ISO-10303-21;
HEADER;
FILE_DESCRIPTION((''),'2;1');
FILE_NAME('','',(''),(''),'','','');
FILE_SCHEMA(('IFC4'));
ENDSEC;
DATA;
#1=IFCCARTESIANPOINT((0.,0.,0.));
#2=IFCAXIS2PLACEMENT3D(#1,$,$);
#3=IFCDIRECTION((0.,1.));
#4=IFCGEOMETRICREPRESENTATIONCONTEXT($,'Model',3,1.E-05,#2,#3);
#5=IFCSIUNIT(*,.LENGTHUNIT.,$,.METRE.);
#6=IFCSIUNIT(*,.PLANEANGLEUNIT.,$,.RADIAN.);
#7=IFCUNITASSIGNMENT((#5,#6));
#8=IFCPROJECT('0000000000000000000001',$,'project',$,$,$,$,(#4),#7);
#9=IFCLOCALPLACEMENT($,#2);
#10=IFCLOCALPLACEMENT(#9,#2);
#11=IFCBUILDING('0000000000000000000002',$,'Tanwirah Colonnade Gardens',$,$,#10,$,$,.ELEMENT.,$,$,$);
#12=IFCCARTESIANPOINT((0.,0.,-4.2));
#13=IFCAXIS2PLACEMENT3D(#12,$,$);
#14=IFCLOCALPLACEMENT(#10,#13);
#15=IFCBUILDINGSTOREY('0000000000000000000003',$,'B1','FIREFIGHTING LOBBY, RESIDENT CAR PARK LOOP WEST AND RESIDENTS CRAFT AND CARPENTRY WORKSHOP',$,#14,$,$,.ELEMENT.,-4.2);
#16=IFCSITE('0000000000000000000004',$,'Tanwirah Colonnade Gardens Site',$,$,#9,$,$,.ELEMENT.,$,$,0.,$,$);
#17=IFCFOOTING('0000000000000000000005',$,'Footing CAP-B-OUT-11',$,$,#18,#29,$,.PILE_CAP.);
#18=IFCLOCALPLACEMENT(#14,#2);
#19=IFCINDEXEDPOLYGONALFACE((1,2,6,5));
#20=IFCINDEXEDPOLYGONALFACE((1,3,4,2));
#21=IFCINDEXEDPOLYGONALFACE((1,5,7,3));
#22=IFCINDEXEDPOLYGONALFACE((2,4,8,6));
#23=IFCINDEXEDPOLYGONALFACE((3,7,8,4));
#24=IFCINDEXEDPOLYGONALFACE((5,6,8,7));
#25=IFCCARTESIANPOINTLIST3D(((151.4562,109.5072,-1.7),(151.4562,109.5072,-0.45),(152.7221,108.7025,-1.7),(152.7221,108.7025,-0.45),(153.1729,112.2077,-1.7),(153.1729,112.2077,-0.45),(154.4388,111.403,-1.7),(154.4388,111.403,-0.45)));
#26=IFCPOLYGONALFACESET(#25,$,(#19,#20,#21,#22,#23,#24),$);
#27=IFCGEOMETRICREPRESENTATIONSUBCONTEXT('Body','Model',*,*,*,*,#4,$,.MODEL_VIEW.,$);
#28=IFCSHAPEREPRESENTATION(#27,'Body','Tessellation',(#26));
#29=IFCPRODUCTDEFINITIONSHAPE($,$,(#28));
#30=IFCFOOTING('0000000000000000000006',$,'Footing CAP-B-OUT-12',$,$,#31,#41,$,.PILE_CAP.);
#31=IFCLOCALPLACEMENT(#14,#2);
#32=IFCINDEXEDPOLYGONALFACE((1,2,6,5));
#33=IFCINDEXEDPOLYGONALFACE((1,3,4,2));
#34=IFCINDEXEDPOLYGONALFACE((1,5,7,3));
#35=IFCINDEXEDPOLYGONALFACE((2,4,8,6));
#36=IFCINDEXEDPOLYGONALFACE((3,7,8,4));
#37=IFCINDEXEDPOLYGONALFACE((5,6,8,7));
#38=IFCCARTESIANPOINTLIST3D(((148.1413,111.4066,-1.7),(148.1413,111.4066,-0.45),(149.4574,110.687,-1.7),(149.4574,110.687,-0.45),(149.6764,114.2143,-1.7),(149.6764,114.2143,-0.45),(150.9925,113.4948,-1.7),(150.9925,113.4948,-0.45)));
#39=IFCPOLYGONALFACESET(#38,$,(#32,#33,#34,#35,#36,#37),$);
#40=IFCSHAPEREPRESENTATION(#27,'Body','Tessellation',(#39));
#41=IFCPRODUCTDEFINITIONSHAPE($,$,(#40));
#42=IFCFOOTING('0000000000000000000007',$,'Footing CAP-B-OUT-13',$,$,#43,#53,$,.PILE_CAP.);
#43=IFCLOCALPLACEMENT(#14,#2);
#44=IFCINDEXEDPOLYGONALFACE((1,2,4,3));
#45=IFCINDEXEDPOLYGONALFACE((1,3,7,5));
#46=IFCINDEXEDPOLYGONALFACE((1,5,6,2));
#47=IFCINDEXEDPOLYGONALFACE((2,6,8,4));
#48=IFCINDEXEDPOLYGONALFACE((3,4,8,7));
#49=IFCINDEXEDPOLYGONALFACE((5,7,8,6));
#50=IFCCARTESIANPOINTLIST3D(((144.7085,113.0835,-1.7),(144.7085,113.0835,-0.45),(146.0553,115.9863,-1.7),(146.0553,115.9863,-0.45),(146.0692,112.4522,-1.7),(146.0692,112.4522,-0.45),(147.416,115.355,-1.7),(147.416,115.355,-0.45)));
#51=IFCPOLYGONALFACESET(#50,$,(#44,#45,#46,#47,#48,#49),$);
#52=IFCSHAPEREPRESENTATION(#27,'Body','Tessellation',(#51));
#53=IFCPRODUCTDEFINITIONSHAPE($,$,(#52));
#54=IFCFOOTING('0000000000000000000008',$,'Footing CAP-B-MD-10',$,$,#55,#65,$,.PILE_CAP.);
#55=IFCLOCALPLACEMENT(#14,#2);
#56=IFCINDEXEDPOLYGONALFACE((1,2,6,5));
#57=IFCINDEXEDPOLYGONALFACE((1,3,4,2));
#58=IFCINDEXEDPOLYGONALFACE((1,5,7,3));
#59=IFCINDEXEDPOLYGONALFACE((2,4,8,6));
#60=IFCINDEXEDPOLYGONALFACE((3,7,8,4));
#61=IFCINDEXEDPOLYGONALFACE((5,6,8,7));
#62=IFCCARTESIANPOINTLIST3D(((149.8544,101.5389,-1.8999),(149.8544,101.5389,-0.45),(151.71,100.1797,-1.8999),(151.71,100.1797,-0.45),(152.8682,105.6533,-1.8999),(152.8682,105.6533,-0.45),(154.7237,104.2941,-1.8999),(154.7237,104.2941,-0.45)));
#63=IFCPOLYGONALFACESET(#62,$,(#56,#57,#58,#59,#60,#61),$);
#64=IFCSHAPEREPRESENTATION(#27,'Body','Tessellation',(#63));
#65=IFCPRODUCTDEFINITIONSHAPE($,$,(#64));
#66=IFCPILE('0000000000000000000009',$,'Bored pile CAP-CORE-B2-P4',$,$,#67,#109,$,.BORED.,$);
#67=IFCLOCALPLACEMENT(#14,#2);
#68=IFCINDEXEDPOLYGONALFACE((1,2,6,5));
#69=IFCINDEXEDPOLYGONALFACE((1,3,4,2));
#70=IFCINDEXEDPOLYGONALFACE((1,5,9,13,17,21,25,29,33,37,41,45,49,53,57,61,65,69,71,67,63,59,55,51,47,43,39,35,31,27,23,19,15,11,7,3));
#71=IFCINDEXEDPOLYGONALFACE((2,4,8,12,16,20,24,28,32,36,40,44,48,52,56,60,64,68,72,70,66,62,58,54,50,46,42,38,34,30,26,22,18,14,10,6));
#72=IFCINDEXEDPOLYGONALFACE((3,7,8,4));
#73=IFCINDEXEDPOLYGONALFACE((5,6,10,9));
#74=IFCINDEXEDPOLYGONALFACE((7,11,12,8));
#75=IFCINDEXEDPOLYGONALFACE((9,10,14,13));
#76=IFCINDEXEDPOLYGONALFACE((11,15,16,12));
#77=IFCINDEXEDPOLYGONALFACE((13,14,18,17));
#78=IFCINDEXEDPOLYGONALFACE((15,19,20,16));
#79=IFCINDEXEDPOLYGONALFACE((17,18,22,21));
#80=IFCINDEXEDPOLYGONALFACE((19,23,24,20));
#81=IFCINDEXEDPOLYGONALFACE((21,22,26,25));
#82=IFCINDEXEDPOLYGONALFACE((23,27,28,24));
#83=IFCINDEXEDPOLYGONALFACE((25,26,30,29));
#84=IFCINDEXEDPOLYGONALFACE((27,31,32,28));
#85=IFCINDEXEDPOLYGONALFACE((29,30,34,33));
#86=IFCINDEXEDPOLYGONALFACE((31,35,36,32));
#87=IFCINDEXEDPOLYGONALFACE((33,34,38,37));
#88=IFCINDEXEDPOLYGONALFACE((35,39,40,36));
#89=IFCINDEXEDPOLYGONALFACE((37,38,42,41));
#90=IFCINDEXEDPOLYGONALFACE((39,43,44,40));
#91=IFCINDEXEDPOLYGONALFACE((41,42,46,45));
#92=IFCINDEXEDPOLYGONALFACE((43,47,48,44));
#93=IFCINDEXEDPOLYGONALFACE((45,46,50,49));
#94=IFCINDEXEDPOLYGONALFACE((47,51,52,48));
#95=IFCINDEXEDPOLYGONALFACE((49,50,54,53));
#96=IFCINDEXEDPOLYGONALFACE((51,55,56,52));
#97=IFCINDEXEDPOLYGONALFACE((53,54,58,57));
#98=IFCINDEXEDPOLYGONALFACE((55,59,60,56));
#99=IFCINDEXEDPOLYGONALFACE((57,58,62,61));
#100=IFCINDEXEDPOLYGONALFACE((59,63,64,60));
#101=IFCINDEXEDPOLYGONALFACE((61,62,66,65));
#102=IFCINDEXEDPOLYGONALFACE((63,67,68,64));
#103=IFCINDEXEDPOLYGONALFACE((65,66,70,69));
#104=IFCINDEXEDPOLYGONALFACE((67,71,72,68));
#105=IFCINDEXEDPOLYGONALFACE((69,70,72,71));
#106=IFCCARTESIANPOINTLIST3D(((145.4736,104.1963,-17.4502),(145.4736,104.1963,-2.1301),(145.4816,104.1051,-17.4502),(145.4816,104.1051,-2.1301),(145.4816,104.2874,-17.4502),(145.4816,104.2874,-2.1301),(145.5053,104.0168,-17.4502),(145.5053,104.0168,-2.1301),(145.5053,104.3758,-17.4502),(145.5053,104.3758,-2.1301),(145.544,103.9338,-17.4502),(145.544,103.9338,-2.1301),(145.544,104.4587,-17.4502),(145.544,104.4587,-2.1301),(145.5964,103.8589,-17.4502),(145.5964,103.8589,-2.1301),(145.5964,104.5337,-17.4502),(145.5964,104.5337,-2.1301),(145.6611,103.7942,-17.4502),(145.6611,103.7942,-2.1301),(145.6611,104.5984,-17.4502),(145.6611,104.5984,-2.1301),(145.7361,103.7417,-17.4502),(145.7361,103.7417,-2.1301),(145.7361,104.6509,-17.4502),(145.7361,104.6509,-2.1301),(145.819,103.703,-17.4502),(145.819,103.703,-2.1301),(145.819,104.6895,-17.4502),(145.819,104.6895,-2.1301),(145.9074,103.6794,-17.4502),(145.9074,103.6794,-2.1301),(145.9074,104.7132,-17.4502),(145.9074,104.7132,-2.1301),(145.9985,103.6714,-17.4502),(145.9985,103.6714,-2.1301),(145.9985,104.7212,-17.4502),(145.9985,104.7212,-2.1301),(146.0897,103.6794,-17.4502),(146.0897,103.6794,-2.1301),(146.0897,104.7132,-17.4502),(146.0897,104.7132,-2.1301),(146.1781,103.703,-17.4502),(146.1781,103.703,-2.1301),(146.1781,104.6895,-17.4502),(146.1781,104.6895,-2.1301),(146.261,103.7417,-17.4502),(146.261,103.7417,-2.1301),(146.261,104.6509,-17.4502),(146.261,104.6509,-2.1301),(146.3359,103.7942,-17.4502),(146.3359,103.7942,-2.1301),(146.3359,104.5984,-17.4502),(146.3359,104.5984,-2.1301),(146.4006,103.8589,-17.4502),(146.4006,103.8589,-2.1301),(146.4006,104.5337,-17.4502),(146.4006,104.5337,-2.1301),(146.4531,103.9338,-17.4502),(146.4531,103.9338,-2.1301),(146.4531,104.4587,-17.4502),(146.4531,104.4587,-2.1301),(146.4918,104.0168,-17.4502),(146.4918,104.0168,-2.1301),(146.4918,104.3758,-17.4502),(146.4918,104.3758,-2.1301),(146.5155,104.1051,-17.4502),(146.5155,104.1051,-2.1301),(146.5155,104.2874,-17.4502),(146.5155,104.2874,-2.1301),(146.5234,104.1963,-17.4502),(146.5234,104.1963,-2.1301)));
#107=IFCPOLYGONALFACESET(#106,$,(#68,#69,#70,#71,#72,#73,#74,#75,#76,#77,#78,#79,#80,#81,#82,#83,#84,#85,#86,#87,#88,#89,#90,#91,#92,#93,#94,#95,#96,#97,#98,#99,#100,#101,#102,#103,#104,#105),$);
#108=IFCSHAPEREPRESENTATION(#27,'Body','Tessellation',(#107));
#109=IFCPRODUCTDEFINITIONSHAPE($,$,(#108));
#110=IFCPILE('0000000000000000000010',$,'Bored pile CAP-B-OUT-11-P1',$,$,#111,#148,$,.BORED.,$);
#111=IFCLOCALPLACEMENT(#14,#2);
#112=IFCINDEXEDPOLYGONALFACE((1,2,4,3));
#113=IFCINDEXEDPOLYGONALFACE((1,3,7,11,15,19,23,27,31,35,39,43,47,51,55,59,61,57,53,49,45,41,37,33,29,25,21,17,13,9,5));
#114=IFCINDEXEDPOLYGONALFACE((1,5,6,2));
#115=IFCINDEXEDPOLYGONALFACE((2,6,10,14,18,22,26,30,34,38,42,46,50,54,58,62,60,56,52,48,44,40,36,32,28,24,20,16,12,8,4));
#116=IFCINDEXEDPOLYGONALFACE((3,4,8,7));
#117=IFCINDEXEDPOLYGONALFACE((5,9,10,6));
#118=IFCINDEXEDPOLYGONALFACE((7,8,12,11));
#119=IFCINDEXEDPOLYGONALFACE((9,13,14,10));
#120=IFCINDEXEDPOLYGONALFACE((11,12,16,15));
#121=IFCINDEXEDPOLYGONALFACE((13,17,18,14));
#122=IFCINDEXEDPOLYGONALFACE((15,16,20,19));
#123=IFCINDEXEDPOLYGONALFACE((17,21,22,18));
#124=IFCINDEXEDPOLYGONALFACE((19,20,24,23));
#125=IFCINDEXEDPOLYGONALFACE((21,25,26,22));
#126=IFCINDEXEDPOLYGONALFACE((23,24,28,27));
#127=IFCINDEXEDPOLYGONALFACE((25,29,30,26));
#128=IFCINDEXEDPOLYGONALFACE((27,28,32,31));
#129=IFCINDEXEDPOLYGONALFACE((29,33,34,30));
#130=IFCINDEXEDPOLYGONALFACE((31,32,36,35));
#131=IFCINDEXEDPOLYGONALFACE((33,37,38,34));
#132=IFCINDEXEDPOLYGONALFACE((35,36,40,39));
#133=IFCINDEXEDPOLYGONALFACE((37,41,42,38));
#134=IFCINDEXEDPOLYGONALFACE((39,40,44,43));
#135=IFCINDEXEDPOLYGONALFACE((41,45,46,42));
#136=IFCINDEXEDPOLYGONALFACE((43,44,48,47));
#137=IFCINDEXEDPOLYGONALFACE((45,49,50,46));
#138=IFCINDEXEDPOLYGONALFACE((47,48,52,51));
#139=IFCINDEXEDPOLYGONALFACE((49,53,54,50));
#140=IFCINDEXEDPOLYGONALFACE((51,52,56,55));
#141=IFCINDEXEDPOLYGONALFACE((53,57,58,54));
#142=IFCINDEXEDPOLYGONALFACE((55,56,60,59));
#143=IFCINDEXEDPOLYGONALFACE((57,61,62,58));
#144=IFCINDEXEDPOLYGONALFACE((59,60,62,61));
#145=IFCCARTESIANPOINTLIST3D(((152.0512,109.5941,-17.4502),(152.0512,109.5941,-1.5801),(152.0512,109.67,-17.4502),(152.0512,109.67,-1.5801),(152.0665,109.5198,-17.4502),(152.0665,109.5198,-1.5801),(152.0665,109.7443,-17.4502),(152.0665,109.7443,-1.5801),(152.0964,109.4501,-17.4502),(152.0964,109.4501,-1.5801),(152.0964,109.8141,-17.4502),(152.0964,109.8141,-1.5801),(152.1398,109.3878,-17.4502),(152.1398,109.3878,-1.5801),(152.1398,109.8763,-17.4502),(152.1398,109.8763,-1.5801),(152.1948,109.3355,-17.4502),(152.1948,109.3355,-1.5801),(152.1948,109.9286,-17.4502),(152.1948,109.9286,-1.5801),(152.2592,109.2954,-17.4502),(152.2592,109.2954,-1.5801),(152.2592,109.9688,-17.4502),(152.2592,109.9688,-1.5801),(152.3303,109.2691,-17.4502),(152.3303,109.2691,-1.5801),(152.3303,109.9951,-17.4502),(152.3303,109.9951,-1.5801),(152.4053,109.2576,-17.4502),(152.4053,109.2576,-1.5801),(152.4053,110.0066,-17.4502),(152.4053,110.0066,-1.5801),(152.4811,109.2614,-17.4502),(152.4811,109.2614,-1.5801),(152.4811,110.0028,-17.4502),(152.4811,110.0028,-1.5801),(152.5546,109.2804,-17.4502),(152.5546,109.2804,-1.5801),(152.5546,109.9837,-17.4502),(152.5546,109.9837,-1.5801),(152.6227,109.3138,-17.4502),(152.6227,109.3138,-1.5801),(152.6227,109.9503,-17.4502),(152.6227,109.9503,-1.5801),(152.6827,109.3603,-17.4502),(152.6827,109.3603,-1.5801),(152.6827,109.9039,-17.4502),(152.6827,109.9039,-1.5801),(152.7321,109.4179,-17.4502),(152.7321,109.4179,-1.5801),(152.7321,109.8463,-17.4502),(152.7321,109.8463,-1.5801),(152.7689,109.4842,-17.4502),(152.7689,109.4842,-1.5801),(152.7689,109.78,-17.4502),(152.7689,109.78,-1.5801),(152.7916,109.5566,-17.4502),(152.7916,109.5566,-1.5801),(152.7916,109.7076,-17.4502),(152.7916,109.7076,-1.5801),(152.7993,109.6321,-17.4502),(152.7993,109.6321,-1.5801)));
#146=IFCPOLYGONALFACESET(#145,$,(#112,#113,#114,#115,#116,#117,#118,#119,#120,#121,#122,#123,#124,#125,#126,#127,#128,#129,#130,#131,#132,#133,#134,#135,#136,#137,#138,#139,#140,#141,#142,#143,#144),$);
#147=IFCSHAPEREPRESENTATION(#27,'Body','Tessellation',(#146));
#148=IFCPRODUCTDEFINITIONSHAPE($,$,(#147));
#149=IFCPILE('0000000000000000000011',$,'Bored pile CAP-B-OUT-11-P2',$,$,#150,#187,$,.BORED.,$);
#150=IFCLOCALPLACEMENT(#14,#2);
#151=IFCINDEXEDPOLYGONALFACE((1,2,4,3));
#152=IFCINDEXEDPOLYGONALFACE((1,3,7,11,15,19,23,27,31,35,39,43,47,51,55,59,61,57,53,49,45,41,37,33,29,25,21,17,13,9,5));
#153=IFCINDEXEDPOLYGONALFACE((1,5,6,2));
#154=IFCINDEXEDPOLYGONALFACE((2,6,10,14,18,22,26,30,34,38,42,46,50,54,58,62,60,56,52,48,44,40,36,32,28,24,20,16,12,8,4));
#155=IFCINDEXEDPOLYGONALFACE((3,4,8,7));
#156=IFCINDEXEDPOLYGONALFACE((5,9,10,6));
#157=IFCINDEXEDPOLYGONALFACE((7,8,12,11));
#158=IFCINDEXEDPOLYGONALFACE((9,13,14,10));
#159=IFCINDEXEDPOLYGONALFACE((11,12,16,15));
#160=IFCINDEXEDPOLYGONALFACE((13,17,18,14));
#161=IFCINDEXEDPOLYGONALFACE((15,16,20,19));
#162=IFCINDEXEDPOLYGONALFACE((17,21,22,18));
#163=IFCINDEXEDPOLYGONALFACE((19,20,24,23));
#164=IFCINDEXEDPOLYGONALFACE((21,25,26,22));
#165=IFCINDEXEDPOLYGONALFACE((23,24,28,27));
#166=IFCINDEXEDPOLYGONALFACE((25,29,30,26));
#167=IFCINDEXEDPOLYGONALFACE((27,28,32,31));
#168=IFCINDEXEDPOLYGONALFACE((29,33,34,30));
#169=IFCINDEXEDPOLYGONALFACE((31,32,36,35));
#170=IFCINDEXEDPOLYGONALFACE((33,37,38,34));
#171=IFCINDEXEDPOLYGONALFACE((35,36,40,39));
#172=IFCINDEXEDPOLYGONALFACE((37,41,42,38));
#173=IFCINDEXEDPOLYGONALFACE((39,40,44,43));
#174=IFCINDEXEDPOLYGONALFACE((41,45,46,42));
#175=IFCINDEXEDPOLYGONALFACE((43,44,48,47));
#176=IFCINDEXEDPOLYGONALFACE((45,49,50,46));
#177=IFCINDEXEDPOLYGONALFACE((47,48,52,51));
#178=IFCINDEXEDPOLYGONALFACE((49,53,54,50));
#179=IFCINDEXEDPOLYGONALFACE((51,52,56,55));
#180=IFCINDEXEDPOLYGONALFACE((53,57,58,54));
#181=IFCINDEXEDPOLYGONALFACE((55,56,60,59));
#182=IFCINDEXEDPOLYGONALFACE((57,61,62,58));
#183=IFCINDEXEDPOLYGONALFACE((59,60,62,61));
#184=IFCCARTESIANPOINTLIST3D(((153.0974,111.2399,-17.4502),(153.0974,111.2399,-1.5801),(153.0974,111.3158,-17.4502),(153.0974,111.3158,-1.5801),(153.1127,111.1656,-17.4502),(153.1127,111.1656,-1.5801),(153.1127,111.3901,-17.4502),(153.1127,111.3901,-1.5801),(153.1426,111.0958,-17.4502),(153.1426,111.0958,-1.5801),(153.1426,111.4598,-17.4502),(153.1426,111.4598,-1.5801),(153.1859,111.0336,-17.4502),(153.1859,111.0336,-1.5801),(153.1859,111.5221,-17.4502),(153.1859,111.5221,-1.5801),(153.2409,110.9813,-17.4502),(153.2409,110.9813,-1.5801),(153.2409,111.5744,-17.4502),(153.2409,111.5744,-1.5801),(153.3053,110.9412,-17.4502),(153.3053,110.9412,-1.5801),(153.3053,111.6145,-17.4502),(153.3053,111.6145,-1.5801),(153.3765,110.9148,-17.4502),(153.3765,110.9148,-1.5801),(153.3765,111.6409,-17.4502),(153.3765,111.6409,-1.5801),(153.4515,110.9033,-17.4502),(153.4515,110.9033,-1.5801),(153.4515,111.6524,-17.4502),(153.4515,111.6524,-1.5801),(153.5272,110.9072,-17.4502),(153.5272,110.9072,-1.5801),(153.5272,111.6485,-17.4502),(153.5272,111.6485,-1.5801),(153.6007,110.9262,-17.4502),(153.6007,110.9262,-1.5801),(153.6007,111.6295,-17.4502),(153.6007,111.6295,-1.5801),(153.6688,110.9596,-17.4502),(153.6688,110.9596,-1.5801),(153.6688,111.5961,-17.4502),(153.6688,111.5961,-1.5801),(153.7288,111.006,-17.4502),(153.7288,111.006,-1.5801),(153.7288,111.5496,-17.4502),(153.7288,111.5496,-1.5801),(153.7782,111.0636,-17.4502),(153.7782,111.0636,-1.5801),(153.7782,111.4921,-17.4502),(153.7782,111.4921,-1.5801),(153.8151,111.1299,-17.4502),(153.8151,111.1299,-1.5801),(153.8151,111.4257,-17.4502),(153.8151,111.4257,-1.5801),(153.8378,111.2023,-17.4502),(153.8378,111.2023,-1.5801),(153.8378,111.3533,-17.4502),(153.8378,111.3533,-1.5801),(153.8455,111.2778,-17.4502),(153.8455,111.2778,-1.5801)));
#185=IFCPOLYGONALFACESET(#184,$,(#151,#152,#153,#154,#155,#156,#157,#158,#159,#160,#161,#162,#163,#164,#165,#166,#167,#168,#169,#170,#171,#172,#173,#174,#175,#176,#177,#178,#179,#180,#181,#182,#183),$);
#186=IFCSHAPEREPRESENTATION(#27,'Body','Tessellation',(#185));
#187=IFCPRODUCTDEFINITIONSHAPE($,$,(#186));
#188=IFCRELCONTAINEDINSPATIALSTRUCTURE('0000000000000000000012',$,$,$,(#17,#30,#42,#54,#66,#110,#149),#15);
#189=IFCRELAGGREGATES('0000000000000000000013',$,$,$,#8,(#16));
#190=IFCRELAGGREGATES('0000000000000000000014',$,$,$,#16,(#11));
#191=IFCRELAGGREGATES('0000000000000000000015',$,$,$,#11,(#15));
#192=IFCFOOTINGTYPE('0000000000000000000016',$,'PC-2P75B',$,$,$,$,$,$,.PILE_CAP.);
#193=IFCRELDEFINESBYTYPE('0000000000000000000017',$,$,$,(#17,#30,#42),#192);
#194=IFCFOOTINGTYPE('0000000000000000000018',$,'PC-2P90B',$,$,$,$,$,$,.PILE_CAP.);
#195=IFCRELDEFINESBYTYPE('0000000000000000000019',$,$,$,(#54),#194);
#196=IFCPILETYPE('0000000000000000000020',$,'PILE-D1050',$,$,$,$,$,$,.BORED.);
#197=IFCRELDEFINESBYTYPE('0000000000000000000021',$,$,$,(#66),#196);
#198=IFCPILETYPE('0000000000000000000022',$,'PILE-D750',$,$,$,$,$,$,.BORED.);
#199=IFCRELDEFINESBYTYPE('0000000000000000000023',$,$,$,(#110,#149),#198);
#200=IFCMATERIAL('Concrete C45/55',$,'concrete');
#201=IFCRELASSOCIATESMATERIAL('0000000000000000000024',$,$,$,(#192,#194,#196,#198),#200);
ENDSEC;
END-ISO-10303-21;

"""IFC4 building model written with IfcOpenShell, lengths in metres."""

from ifc_helpers import new_model, si_unit, direction, frame, origin, origin_2d, place, context, subcontext, project, spatial, rectangle, circle, extrude, material, material_profile, profile_set, type_object, element, save


model = new_model("IFC4")

# Units and contexts
model_context = context("Model", 3, precision=1e-05, world=origin(), true_north=direction((0.0, 1.0)))
body_context = subcontext(model_context, "Body", "Model", "MODEL_VIEW")
ifc_project = project(units=[si_unit("LENGTHUNIT", "METRE"), si_unit("PLANEANGLEUNIT", "RADIAN")], contexts=[model_context])

# Site, building, storey
site_placement = place(None, origin())
site = spatial("IfcSite", under=ifc_project, at=site_placement, Name="Tanwirah Colonnade Gardens Site", CompositionType="ELEMENT", RefElevation=0.0)
building_placement = place(site_placement, origin())
building = spatial("IfcBuilding", under=site, at=building_placement, Name="Tanwirah Colonnade Gardens", CompositionType="ELEMENT")
storey_placement = place(building_placement, frame((0.0, 0.0, -4.2)))
storey = spatial("IfcBuildingStorey", under=building, at=storey_placement, Name="B1", Description="FIREFIGHTING LOBBY, RESIDENT CAR PARK LOOP WEST AND RESIDENTS CRAFT AND CARPENTRY WORKSHOP", CompositionType="ELEMENT", Elevation=-4.2)

# Footings
ifc_material_1 = material(Name="Concrete C45/55", Category="concrete")
footing_type_1 = type_object("IfcFootingType", Name="PC-2P75B", PredefinedType="PILE_CAP", material=ifc_material_1)
for number, where, z_axis, x_axis, name in (
    (1, (152.9475, 110.4551, -1.7), (0.0, 0.0, 1.0), (0.536482, 0.843912, 0.0), "Footing CAP-B-OUT-11"),
    (2, (149.5669, 112.4507, -1.7), (0.0, 0.0, 1.0), (0.479713, 0.877425, 0.0), "Footing CAP-B-OUT-12"),
    (3, (146.0623, 114.2192, -1.7), (0.0, 0.0, 1.0), (0.42086, 0.907126, 0.0), "Footing CAP-B-OUT-13"),
):
    element("IfcFooting", number, at=place(storey_placement, frame(where, z_axis=z_axis, x_axis=x_axis)), inside=storey, type_object=footing_type_1, Name=name, PredefinedType="PILE_CAP", context=body_context, shape_type="SweptSolid", body=[
        extrude(rectangle(XDim=3.2, YDim=1.5, at=origin_2d()), origin(), (0.0, 0.0, 1.0), 1.25),
    ])
footing_type_2 = type_object("IfcFootingType", Name="PC-2P90B", PredefinedType="PILE_CAP", material=ifc_material_1)
footing_placement = place(storey_placement, frame((152.2891, 102.9165, -1.8999), z_axis=(0.0, 0.0, 1.0), x_axis=(0.590919, 0.806731, 0.0)))
element("IfcFooting", 4, at=footing_placement, inside=storey, type_object=footing_type_2, Name="Footing CAP-B-MD-10", PredefinedType="PILE_CAP", context=body_context, shape_type="SweptSolid", body=[
    extrude(rectangle(XDim=5.1001, YDim=2.3, at=origin_2d()), origin(), (0.0, 0.0, 1.0), 1.45),
])

# Piles
ifc_material_profile_1 = material_profile(ifc_material_1, circle(Radius=0.5249, at=origin_2d()), Name="PILE D1050")
ifc_profile_set_1 = profile_set([ifc_material_profile_1], Name="Concrete C45/55")
pile_type_1 = type_object("IfcPileType", Name="PILE-D1050", PredefinedType="BORED", material=ifc_profile_set_1)
pile_1_placement = place(storey_placement, frame((145.9985, 104.1963, -2.1301), z_axis=(0.0, 0.0, -1.0), x_axis=(1.0, 0.0, 0.0)))
element("IfcPile", 5, at=pile_1_placement, inside=storey, type_object=pile_type_1, Name="Bored pile CAP-CORE-B2-P4", PredefinedType="BORED", context=body_context, shape_type="SweptSolid", body=[
    extrude(circle(Radius=0.5249, at=origin_2d()), origin(), (0.0, 0.0, 1.0), 15.3201),
])
ifc_material_profile_2 = material_profile(ifc_material_1, circle(Radius=0.375, at=origin_2d()), Name="PILE D750")
ifc_profile_set_2 = profile_set([ifc_material_profile_2], Name="Concrete C45/55")
pile_type_2 = type_object("IfcPileType", Name="PILE-D750", PredefinedType="BORED", material=ifc_profile_set_2)
for number, where, z_axis, x_axis, name in (
    (6, (152.4243, 109.6321, -1.5801), (0.0, 0.0, -1.0), (1.0, 0.0, 0.0), "Bored pile CAP-B-OUT-11-P1"),
    (7, (153.4705, 111.2778, -1.5801), (0.0, 0.0, -1.0), (1.0, 0.0, 0.0), "Bored pile CAP-B-OUT-11-P2"),
):
    element("IfcPile", number, at=place(storey_placement, frame(where, z_axis=z_axis, x_axis=x_axis)), inside=storey, type_object=pile_type_2, Name=name, PredefinedType="BORED", context=body_context, shape_type="SweptSolid", body=[
        extrude(circle(Radius=0.375, at=origin_2d()), origin(), (0.0, 0.0, 1.0), 15.8701),
    ])

save(model, "model.ifc")
